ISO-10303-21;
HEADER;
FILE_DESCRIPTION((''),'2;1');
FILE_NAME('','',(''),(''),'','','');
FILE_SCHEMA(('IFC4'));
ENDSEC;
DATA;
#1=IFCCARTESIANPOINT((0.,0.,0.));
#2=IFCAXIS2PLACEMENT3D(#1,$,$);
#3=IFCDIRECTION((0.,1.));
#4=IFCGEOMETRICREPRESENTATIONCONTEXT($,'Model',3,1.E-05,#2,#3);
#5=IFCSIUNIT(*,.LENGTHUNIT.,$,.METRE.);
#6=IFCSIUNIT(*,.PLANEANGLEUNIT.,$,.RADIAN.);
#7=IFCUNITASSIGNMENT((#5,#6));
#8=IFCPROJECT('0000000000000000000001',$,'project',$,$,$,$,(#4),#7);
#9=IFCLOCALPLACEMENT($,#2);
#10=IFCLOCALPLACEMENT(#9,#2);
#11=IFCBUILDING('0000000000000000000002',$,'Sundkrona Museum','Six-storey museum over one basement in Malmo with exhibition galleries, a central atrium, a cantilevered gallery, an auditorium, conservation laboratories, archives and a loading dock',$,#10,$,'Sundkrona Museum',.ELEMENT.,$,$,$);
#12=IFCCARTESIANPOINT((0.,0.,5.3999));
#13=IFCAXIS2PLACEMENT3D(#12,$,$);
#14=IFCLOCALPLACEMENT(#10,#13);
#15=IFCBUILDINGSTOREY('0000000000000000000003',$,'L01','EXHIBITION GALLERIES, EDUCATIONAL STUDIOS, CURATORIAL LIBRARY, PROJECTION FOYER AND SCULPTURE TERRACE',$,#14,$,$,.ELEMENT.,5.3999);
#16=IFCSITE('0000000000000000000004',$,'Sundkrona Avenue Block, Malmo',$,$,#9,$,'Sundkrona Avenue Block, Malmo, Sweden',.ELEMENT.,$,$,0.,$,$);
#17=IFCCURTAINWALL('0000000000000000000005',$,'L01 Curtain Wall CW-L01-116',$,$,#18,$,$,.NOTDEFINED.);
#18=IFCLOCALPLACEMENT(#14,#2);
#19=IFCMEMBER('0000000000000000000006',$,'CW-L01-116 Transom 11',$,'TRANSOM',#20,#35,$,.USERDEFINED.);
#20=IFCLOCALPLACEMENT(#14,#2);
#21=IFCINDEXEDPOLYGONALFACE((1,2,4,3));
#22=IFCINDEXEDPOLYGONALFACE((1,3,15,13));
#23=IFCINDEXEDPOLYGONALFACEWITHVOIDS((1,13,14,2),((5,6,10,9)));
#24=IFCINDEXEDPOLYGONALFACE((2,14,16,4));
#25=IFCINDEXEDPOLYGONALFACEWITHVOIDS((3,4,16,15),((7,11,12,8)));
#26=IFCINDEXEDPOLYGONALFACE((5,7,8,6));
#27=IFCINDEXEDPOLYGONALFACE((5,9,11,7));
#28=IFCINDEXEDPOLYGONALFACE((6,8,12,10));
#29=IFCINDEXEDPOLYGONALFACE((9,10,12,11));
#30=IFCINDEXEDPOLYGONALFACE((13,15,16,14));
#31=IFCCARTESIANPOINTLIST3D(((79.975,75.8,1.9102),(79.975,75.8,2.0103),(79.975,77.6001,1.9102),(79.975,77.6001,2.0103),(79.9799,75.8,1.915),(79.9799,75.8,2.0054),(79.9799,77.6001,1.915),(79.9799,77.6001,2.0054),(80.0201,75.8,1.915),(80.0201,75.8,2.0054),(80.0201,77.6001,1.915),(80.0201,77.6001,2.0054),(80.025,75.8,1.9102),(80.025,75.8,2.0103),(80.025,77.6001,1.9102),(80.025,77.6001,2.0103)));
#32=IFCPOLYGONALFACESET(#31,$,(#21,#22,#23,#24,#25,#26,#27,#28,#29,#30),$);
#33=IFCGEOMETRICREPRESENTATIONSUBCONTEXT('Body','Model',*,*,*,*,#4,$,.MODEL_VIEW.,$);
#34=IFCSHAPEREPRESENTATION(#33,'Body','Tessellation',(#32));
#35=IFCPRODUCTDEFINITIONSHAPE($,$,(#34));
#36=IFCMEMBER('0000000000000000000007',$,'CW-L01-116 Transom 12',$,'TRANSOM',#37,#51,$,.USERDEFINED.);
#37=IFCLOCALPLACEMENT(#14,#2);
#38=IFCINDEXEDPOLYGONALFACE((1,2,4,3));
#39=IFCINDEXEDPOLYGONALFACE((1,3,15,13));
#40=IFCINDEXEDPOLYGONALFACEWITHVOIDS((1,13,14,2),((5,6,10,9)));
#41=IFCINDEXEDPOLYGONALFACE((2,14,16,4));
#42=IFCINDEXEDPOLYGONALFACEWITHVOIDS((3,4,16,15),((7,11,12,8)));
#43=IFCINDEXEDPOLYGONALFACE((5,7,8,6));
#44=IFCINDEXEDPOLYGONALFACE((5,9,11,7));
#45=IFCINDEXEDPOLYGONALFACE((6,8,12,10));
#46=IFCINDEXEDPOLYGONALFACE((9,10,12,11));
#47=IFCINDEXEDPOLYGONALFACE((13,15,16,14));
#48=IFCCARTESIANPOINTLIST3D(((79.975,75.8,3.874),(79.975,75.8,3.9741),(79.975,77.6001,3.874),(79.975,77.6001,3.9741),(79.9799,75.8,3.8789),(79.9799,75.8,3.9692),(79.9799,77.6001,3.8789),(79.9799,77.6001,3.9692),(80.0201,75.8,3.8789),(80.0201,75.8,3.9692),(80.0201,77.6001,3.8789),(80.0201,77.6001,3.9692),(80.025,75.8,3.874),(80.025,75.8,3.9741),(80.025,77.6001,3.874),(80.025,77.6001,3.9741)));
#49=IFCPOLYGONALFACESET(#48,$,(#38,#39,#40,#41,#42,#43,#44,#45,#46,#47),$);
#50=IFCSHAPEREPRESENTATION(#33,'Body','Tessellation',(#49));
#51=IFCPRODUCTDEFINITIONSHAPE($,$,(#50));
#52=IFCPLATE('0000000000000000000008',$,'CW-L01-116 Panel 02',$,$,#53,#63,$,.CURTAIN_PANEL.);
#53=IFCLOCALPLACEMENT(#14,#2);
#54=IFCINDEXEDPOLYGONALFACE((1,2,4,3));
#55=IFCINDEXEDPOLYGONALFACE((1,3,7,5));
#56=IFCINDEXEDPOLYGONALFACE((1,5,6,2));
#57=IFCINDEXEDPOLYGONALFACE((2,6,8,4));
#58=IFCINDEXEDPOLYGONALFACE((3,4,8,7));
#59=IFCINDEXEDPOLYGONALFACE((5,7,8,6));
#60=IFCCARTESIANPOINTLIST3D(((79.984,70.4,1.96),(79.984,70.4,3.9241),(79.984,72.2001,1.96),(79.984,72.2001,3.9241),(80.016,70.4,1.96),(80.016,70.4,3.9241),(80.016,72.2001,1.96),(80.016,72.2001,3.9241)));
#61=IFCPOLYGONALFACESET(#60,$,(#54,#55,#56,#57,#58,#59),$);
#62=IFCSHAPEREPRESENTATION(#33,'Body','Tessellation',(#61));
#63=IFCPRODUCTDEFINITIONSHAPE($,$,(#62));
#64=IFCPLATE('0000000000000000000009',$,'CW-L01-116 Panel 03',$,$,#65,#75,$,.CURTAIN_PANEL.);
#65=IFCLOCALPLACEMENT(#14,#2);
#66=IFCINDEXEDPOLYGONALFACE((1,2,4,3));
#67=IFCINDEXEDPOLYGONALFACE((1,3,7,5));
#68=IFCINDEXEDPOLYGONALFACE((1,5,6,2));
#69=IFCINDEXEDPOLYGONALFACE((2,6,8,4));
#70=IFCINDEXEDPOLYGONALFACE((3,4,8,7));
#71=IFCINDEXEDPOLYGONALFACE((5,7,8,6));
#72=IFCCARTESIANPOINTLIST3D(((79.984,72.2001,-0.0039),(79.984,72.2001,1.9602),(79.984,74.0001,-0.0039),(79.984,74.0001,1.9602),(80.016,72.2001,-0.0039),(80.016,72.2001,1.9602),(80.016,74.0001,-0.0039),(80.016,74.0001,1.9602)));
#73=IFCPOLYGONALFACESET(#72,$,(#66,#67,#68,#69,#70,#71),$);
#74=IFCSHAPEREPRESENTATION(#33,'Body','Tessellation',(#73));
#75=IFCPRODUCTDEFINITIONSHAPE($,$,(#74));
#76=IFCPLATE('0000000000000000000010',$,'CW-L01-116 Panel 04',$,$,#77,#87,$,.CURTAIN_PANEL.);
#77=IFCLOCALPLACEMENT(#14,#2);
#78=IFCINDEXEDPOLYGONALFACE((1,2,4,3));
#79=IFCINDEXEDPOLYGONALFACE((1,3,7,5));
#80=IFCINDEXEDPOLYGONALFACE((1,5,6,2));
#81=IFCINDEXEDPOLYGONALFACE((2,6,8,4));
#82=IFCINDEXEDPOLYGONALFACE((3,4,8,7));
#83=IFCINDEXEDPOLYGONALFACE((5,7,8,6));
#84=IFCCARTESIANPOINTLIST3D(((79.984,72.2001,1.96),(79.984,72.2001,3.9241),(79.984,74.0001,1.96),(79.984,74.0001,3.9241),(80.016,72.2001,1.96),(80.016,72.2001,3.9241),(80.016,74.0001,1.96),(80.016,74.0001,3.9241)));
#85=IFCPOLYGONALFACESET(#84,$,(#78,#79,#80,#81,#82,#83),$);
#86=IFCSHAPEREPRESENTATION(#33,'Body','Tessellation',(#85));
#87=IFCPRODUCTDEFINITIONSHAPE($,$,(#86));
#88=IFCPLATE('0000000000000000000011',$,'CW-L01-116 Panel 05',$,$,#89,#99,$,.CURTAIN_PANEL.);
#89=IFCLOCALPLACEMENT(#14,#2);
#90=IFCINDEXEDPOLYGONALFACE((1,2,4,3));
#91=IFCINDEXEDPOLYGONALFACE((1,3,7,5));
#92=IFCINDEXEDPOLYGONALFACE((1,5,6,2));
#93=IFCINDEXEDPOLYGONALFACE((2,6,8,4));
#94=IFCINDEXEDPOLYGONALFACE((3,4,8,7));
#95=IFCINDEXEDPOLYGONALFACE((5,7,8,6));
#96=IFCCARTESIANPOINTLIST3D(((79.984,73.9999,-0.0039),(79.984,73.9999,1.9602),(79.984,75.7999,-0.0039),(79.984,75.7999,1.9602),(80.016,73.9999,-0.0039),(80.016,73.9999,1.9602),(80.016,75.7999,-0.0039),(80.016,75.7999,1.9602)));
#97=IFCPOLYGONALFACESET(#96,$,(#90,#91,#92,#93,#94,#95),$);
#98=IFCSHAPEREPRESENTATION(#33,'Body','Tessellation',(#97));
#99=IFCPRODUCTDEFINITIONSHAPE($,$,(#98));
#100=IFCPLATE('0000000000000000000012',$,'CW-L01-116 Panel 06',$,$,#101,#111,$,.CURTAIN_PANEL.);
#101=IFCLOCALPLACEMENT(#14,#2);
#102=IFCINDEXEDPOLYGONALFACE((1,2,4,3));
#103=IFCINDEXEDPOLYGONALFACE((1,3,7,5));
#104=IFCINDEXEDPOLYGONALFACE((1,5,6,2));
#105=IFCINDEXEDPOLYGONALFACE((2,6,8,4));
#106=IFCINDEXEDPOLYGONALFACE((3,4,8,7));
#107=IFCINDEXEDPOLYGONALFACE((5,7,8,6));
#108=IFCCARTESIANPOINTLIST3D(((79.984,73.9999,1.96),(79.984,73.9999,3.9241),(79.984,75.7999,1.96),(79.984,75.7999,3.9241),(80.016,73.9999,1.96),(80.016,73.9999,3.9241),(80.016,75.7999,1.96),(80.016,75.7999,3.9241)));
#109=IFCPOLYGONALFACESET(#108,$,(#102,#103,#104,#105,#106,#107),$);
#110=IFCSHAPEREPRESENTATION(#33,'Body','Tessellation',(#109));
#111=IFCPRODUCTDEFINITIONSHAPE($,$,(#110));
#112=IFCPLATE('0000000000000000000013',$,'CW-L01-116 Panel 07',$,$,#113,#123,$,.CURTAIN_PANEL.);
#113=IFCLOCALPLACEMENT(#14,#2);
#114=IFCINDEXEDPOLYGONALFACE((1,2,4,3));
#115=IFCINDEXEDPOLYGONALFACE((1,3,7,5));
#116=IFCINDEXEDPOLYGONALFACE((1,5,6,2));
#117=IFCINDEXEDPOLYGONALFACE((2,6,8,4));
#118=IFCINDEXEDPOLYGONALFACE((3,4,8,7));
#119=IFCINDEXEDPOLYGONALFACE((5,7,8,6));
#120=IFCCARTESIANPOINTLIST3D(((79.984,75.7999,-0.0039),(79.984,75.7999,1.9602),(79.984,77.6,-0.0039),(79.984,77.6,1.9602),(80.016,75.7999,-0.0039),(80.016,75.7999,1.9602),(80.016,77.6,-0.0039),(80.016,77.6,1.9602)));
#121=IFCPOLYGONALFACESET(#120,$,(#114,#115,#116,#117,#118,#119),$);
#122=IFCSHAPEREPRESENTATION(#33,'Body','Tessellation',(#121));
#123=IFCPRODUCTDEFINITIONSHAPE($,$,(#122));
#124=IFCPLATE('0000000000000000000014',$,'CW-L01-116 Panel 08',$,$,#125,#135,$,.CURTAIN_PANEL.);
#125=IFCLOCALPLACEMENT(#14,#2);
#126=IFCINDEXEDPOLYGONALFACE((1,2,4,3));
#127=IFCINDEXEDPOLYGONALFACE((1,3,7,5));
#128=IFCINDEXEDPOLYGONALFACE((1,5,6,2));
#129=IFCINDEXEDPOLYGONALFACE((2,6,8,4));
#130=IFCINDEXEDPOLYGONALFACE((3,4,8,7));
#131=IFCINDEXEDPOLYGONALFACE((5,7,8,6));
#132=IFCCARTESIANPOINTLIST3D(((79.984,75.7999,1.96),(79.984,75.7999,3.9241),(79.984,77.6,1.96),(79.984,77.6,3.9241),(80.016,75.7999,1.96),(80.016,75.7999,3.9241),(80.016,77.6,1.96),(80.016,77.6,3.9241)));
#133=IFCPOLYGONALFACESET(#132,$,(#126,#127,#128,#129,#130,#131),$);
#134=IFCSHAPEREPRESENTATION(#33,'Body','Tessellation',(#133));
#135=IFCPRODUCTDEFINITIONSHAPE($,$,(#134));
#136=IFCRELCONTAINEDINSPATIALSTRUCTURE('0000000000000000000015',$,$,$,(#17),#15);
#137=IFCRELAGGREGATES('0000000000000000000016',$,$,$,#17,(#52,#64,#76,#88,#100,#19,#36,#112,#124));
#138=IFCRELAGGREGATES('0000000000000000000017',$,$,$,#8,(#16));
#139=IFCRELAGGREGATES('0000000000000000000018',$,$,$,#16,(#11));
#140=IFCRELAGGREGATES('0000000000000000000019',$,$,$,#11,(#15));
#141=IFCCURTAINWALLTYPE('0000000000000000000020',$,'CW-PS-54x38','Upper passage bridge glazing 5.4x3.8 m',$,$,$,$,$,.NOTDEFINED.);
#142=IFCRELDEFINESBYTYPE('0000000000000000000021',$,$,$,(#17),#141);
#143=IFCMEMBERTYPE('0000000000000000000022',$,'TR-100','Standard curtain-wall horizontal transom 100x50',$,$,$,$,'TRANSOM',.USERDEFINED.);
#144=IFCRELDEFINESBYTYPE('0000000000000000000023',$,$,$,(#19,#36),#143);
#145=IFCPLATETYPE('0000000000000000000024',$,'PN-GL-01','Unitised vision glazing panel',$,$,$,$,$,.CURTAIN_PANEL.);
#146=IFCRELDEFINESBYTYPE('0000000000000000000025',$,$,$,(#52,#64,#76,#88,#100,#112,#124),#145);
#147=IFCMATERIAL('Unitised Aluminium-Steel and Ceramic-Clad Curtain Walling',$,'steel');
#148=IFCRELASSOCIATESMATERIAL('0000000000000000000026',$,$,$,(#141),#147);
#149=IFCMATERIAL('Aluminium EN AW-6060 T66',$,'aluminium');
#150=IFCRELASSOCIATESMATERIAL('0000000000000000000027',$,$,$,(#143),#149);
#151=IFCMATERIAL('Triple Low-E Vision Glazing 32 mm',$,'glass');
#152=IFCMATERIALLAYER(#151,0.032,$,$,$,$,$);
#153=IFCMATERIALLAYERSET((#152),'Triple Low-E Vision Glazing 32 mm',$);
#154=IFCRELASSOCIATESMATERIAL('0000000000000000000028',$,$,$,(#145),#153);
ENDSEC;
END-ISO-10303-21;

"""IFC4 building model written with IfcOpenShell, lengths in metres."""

from ifc_helpers import new_model, si_unit, direction, frame, origin, origin_2d, place, context, subcontext, project, spatial, rectangle, hollow_rectangle, extrude, material, layer, layer_set, material_profile, profile_set, type_object, element, aggregate, save


model = new_model("IFC4")

# Units and contexts
model_context = context("Model", 3, precision=1e-05, world=origin(), true_north=direction((0.0, 1.0)))
body_context = subcontext(model_context, "Body", "Model", "MODEL_VIEW")
ifc_project = project(units=[si_unit("LENGTHUNIT", "METRE"), si_unit("PLANEANGLEUNIT", "RADIAN")], contexts=[model_context])

# Site, building, storey
site_placement = place(None, origin())
site = spatial("IfcSite", under=ifc_project, at=site_placement, Name="Sundkrona Avenue Block, Malmo", LongName="Sundkrona Avenue Block, Malmo, Sweden", CompositionType="ELEMENT", RefElevation=0.0)
building_placement = place(site_placement, origin())
building = spatial("IfcBuilding", under=site, at=building_placement, Name="Sundkrona Museum", Description="Six-storey museum over one basement in Malmo with exhibition galleries, a central atrium, a cantilevered gallery, an auditorium, conservation laboratories, archives and a loading dock", LongName="Sundkrona Museum", CompositionType="ELEMENT")
storey_placement = place(building_placement, frame((0.0, 0.0, 5.3999)))
storey = spatial("IfcBuildingStorey", under=building, at=storey_placement, Name="L01", Description="EXHIBITION GALLERIES, EDUCATIONAL STUDIOS, CURATORIAL LIBRARY, PROJECTION FOYER AND SCULPTURE TERRACE", CompositionType="ELEMENT", Elevation=5.3999)

# Curtain wall, members, plates
ifc_material_1 = material(Name="Unitised Aluminium-Steel and Ceramic-Clad Curtain Walling", Category="steel")
curtain_wall_type = type_object("IfcCurtainWallType", Name="CW-PS-54x38", Description="Upper passage bridge glazing 5.4x3.8 m", PredefinedType="NOTDEFINED", material=ifc_material_1)
curtain_wall_placement = place(storey_placement, origin())
curtain_wall = element("IfcCurtainWall", 1, at=curtain_wall_placement, inside=storey, type_object=curtain_wall_type, Name="L01 Curtain Wall CW-L01-116", PredefinedType="NOTDEFINED")
ifc_material_2 = material(Name="Aluminium EN AW-6060 T66", Category="aluminium")
ifc_material_profile_1 = material_profile(ifc_material_2, hollow_rectangle(XDim=0.05, YDim=0.1001, WallThickness=0.0049, at=origin_2d()), Name="RHS 100x50x5.0")
ifc_profile_set_1 = profile_set([ifc_material_profile_1], Name="Aluminium EN AW-6060 T66")
member_type_1 = type_object("IfcMemberType", Name="TR-100", Description="Standard curtain-wall horizontal transom 100x50", ElementType="TRANSOM", PredefinedType="USERDEFINED", material=ifc_profile_set_1)
member_1_placement = place(storey_placement, frame((80.0, 75.8, 1.9602), z_axis=(0.0, 1.0, 0.0), x_axis=(-1.0, 0.0, 0.0)))
member_1 = element("IfcMember", 2, at=member_1_placement, type_object=member_type_1, Name="CW-L01-116 Transom 11", ObjectType="TRANSOM", PredefinedType="USERDEFINED", context=body_context, shape_type="SweptSolid", body=[
    extrude(hollow_rectangle(XDim=0.05, YDim=0.1001, WallThickness=0.0049, at=origin_2d()), origin(), (0.0, 0.0, 1.0), 1.8),
])
member_2_placement = place(storey_placement, frame((80.0, 75.8, 3.9241), z_axis=(0.0, 1.0, 0.0), x_axis=(-1.0, 0.0, 0.0)))
member_2 = element("IfcMember", 3, at=member_2_placement, type_object=member_type_1, Name="CW-L01-116 Transom 12", ObjectType="TRANSOM", PredefinedType="USERDEFINED", context=body_context, shape_type="SweptSolid", body=[
    extrude(hollow_rectangle(XDim=0.05, YDim=0.1001, WallThickness=0.0049, at=origin_2d()), origin(), (0.0, 0.0, 1.0), 1.8),
])
ifc_material_3 = material(Name="Triple Low-E Vision Glazing 32 mm", Category="glass")
ifc_layer = layer(ifc_material_3, 0.032)
ifc_layer_set = layer_set([ifc_layer], Name="Triple Low-E Vision Glazing 32 mm")
plate_type = type_object("IfcPlateType", Name="PN-GL-01", Description="Unitised vision glazing panel", PredefinedType="CURTAIN_PANEL", material=ifc_layer_set)
plate_1_placement = place(storey_placement, frame((80.0, 71.3, 1.96), z_axis=(0.0, 0.0, 1.0), x_axis=(0.0, 1.0, 0.0)))
plate_1 = element("IfcPlate", 4, at=plate_1_placement, type_object=plate_type, Name="CW-L01-116 Panel 02", PredefinedType="CURTAIN_PANEL", context=body_context, shape_type="SweptSolid", body=[
    extrude(rectangle(XDim=1.8, YDim=0.032, at=origin_2d()), origin(), (0.0, 0.0, 1.0), 1.9641),
])
plate_2_placement = place(storey_placement, frame((80.0, 73.1001, -0.0039), z_axis=(0.0, 0.0, 1.0), x_axis=(0.0, 1.0, 0.0)))
plate_2 = element("IfcPlate", 5, at=plate_2_placement, type_object=plate_type, Name="CW-L01-116 Panel 03", PredefinedType="CURTAIN_PANEL", context=body_context, shape_type="SweptSolid", body=[
    extrude(rectangle(XDim=1.8, YDim=0.032, at=origin_2d()), origin(), (0.0, 0.0, 1.0), 1.9641),
])
plate_3_placement = place(storey_placement, frame((80.0, 73.1001, 1.96), z_axis=(0.0, 0.0, 1.0), x_axis=(0.0, 1.0, 0.0)))
plate_3 = element("IfcPlate", 6, at=plate_3_placement, type_object=plate_type, Name="CW-L01-116 Panel 04", PredefinedType="CURTAIN_PANEL", context=body_context, shape_type="SweptSolid", body=[
    extrude(rectangle(XDim=1.8, YDim=0.032, at=origin_2d()), origin(), (0.0, 0.0, 1.0), 1.9641),
])
plate_4_placement = place(storey_placement, frame((80.0, 74.8999, -0.0039), z_axis=(0.0, 0.0, 1.0), x_axis=(0.0, 1.0, 0.0)))
plate_4 = element("IfcPlate", 7, at=plate_4_placement, type_object=plate_type, Name="CW-L01-116 Panel 05", PredefinedType="CURTAIN_PANEL", context=body_context, shape_type="SweptSolid", body=[
    extrude(rectangle(XDim=1.8, YDim=0.032, at=origin_2d()), origin(), (0.0, 0.0, 1.0), 1.9641),
])
plate_5_placement = place(storey_placement, frame((80.0, 74.8999, 1.96), z_axis=(0.0, 0.0, 1.0), x_axis=(0.0, 1.0, 0.0)))
plate_5 = element("IfcPlate", 8, at=plate_5_placement, type_object=plate_type, Name="CW-L01-116 Panel 06", PredefinedType="CURTAIN_PANEL", context=body_context, shape_type="SweptSolid", body=[
    extrude(rectangle(XDim=1.8, YDim=0.032, at=origin_2d()), origin(), (0.0, 0.0, 1.0), 1.9641),
])
plate_6_placement = place(storey_placement, frame((80.0, 76.7, -0.0039), z_axis=(0.0, 0.0, 1.0), x_axis=(0.0, 1.0, 0.0)))
plate_6 = element("IfcPlate", 9, at=plate_6_placement, type_object=plate_type, Name="CW-L01-116 Panel 07", PredefinedType="CURTAIN_PANEL", context=body_context, shape_type="SweptSolid", body=[
    extrude(rectangle(XDim=1.8, YDim=0.032, at=origin_2d()), origin(), (0.0, 0.0, 1.0), 1.9641),
])
plate_7_placement = place(storey_placement, frame((80.0, 76.7, 1.96), z_axis=(0.0, 0.0, 1.0), x_axis=(0.0, 1.0, 0.0)))
plate_7 = element("IfcPlate", 10, at=plate_7_placement, type_object=plate_type, Name="CW-L01-116 Panel 08", PredefinedType="CURTAIN_PANEL", context=body_context, shape_type="SweptSolid", body=[
    extrude(rectangle(XDim=1.8, YDim=0.032, at=origin_2d()), origin(), (0.0, 0.0, 1.0), 1.9641),
])
aggregate(curtain_wall, [plate_1, plate_2, plate_3, plate_4, plate_5, member_1, member_2, plate_6, plate_7])

save(model, "model.ifc")
